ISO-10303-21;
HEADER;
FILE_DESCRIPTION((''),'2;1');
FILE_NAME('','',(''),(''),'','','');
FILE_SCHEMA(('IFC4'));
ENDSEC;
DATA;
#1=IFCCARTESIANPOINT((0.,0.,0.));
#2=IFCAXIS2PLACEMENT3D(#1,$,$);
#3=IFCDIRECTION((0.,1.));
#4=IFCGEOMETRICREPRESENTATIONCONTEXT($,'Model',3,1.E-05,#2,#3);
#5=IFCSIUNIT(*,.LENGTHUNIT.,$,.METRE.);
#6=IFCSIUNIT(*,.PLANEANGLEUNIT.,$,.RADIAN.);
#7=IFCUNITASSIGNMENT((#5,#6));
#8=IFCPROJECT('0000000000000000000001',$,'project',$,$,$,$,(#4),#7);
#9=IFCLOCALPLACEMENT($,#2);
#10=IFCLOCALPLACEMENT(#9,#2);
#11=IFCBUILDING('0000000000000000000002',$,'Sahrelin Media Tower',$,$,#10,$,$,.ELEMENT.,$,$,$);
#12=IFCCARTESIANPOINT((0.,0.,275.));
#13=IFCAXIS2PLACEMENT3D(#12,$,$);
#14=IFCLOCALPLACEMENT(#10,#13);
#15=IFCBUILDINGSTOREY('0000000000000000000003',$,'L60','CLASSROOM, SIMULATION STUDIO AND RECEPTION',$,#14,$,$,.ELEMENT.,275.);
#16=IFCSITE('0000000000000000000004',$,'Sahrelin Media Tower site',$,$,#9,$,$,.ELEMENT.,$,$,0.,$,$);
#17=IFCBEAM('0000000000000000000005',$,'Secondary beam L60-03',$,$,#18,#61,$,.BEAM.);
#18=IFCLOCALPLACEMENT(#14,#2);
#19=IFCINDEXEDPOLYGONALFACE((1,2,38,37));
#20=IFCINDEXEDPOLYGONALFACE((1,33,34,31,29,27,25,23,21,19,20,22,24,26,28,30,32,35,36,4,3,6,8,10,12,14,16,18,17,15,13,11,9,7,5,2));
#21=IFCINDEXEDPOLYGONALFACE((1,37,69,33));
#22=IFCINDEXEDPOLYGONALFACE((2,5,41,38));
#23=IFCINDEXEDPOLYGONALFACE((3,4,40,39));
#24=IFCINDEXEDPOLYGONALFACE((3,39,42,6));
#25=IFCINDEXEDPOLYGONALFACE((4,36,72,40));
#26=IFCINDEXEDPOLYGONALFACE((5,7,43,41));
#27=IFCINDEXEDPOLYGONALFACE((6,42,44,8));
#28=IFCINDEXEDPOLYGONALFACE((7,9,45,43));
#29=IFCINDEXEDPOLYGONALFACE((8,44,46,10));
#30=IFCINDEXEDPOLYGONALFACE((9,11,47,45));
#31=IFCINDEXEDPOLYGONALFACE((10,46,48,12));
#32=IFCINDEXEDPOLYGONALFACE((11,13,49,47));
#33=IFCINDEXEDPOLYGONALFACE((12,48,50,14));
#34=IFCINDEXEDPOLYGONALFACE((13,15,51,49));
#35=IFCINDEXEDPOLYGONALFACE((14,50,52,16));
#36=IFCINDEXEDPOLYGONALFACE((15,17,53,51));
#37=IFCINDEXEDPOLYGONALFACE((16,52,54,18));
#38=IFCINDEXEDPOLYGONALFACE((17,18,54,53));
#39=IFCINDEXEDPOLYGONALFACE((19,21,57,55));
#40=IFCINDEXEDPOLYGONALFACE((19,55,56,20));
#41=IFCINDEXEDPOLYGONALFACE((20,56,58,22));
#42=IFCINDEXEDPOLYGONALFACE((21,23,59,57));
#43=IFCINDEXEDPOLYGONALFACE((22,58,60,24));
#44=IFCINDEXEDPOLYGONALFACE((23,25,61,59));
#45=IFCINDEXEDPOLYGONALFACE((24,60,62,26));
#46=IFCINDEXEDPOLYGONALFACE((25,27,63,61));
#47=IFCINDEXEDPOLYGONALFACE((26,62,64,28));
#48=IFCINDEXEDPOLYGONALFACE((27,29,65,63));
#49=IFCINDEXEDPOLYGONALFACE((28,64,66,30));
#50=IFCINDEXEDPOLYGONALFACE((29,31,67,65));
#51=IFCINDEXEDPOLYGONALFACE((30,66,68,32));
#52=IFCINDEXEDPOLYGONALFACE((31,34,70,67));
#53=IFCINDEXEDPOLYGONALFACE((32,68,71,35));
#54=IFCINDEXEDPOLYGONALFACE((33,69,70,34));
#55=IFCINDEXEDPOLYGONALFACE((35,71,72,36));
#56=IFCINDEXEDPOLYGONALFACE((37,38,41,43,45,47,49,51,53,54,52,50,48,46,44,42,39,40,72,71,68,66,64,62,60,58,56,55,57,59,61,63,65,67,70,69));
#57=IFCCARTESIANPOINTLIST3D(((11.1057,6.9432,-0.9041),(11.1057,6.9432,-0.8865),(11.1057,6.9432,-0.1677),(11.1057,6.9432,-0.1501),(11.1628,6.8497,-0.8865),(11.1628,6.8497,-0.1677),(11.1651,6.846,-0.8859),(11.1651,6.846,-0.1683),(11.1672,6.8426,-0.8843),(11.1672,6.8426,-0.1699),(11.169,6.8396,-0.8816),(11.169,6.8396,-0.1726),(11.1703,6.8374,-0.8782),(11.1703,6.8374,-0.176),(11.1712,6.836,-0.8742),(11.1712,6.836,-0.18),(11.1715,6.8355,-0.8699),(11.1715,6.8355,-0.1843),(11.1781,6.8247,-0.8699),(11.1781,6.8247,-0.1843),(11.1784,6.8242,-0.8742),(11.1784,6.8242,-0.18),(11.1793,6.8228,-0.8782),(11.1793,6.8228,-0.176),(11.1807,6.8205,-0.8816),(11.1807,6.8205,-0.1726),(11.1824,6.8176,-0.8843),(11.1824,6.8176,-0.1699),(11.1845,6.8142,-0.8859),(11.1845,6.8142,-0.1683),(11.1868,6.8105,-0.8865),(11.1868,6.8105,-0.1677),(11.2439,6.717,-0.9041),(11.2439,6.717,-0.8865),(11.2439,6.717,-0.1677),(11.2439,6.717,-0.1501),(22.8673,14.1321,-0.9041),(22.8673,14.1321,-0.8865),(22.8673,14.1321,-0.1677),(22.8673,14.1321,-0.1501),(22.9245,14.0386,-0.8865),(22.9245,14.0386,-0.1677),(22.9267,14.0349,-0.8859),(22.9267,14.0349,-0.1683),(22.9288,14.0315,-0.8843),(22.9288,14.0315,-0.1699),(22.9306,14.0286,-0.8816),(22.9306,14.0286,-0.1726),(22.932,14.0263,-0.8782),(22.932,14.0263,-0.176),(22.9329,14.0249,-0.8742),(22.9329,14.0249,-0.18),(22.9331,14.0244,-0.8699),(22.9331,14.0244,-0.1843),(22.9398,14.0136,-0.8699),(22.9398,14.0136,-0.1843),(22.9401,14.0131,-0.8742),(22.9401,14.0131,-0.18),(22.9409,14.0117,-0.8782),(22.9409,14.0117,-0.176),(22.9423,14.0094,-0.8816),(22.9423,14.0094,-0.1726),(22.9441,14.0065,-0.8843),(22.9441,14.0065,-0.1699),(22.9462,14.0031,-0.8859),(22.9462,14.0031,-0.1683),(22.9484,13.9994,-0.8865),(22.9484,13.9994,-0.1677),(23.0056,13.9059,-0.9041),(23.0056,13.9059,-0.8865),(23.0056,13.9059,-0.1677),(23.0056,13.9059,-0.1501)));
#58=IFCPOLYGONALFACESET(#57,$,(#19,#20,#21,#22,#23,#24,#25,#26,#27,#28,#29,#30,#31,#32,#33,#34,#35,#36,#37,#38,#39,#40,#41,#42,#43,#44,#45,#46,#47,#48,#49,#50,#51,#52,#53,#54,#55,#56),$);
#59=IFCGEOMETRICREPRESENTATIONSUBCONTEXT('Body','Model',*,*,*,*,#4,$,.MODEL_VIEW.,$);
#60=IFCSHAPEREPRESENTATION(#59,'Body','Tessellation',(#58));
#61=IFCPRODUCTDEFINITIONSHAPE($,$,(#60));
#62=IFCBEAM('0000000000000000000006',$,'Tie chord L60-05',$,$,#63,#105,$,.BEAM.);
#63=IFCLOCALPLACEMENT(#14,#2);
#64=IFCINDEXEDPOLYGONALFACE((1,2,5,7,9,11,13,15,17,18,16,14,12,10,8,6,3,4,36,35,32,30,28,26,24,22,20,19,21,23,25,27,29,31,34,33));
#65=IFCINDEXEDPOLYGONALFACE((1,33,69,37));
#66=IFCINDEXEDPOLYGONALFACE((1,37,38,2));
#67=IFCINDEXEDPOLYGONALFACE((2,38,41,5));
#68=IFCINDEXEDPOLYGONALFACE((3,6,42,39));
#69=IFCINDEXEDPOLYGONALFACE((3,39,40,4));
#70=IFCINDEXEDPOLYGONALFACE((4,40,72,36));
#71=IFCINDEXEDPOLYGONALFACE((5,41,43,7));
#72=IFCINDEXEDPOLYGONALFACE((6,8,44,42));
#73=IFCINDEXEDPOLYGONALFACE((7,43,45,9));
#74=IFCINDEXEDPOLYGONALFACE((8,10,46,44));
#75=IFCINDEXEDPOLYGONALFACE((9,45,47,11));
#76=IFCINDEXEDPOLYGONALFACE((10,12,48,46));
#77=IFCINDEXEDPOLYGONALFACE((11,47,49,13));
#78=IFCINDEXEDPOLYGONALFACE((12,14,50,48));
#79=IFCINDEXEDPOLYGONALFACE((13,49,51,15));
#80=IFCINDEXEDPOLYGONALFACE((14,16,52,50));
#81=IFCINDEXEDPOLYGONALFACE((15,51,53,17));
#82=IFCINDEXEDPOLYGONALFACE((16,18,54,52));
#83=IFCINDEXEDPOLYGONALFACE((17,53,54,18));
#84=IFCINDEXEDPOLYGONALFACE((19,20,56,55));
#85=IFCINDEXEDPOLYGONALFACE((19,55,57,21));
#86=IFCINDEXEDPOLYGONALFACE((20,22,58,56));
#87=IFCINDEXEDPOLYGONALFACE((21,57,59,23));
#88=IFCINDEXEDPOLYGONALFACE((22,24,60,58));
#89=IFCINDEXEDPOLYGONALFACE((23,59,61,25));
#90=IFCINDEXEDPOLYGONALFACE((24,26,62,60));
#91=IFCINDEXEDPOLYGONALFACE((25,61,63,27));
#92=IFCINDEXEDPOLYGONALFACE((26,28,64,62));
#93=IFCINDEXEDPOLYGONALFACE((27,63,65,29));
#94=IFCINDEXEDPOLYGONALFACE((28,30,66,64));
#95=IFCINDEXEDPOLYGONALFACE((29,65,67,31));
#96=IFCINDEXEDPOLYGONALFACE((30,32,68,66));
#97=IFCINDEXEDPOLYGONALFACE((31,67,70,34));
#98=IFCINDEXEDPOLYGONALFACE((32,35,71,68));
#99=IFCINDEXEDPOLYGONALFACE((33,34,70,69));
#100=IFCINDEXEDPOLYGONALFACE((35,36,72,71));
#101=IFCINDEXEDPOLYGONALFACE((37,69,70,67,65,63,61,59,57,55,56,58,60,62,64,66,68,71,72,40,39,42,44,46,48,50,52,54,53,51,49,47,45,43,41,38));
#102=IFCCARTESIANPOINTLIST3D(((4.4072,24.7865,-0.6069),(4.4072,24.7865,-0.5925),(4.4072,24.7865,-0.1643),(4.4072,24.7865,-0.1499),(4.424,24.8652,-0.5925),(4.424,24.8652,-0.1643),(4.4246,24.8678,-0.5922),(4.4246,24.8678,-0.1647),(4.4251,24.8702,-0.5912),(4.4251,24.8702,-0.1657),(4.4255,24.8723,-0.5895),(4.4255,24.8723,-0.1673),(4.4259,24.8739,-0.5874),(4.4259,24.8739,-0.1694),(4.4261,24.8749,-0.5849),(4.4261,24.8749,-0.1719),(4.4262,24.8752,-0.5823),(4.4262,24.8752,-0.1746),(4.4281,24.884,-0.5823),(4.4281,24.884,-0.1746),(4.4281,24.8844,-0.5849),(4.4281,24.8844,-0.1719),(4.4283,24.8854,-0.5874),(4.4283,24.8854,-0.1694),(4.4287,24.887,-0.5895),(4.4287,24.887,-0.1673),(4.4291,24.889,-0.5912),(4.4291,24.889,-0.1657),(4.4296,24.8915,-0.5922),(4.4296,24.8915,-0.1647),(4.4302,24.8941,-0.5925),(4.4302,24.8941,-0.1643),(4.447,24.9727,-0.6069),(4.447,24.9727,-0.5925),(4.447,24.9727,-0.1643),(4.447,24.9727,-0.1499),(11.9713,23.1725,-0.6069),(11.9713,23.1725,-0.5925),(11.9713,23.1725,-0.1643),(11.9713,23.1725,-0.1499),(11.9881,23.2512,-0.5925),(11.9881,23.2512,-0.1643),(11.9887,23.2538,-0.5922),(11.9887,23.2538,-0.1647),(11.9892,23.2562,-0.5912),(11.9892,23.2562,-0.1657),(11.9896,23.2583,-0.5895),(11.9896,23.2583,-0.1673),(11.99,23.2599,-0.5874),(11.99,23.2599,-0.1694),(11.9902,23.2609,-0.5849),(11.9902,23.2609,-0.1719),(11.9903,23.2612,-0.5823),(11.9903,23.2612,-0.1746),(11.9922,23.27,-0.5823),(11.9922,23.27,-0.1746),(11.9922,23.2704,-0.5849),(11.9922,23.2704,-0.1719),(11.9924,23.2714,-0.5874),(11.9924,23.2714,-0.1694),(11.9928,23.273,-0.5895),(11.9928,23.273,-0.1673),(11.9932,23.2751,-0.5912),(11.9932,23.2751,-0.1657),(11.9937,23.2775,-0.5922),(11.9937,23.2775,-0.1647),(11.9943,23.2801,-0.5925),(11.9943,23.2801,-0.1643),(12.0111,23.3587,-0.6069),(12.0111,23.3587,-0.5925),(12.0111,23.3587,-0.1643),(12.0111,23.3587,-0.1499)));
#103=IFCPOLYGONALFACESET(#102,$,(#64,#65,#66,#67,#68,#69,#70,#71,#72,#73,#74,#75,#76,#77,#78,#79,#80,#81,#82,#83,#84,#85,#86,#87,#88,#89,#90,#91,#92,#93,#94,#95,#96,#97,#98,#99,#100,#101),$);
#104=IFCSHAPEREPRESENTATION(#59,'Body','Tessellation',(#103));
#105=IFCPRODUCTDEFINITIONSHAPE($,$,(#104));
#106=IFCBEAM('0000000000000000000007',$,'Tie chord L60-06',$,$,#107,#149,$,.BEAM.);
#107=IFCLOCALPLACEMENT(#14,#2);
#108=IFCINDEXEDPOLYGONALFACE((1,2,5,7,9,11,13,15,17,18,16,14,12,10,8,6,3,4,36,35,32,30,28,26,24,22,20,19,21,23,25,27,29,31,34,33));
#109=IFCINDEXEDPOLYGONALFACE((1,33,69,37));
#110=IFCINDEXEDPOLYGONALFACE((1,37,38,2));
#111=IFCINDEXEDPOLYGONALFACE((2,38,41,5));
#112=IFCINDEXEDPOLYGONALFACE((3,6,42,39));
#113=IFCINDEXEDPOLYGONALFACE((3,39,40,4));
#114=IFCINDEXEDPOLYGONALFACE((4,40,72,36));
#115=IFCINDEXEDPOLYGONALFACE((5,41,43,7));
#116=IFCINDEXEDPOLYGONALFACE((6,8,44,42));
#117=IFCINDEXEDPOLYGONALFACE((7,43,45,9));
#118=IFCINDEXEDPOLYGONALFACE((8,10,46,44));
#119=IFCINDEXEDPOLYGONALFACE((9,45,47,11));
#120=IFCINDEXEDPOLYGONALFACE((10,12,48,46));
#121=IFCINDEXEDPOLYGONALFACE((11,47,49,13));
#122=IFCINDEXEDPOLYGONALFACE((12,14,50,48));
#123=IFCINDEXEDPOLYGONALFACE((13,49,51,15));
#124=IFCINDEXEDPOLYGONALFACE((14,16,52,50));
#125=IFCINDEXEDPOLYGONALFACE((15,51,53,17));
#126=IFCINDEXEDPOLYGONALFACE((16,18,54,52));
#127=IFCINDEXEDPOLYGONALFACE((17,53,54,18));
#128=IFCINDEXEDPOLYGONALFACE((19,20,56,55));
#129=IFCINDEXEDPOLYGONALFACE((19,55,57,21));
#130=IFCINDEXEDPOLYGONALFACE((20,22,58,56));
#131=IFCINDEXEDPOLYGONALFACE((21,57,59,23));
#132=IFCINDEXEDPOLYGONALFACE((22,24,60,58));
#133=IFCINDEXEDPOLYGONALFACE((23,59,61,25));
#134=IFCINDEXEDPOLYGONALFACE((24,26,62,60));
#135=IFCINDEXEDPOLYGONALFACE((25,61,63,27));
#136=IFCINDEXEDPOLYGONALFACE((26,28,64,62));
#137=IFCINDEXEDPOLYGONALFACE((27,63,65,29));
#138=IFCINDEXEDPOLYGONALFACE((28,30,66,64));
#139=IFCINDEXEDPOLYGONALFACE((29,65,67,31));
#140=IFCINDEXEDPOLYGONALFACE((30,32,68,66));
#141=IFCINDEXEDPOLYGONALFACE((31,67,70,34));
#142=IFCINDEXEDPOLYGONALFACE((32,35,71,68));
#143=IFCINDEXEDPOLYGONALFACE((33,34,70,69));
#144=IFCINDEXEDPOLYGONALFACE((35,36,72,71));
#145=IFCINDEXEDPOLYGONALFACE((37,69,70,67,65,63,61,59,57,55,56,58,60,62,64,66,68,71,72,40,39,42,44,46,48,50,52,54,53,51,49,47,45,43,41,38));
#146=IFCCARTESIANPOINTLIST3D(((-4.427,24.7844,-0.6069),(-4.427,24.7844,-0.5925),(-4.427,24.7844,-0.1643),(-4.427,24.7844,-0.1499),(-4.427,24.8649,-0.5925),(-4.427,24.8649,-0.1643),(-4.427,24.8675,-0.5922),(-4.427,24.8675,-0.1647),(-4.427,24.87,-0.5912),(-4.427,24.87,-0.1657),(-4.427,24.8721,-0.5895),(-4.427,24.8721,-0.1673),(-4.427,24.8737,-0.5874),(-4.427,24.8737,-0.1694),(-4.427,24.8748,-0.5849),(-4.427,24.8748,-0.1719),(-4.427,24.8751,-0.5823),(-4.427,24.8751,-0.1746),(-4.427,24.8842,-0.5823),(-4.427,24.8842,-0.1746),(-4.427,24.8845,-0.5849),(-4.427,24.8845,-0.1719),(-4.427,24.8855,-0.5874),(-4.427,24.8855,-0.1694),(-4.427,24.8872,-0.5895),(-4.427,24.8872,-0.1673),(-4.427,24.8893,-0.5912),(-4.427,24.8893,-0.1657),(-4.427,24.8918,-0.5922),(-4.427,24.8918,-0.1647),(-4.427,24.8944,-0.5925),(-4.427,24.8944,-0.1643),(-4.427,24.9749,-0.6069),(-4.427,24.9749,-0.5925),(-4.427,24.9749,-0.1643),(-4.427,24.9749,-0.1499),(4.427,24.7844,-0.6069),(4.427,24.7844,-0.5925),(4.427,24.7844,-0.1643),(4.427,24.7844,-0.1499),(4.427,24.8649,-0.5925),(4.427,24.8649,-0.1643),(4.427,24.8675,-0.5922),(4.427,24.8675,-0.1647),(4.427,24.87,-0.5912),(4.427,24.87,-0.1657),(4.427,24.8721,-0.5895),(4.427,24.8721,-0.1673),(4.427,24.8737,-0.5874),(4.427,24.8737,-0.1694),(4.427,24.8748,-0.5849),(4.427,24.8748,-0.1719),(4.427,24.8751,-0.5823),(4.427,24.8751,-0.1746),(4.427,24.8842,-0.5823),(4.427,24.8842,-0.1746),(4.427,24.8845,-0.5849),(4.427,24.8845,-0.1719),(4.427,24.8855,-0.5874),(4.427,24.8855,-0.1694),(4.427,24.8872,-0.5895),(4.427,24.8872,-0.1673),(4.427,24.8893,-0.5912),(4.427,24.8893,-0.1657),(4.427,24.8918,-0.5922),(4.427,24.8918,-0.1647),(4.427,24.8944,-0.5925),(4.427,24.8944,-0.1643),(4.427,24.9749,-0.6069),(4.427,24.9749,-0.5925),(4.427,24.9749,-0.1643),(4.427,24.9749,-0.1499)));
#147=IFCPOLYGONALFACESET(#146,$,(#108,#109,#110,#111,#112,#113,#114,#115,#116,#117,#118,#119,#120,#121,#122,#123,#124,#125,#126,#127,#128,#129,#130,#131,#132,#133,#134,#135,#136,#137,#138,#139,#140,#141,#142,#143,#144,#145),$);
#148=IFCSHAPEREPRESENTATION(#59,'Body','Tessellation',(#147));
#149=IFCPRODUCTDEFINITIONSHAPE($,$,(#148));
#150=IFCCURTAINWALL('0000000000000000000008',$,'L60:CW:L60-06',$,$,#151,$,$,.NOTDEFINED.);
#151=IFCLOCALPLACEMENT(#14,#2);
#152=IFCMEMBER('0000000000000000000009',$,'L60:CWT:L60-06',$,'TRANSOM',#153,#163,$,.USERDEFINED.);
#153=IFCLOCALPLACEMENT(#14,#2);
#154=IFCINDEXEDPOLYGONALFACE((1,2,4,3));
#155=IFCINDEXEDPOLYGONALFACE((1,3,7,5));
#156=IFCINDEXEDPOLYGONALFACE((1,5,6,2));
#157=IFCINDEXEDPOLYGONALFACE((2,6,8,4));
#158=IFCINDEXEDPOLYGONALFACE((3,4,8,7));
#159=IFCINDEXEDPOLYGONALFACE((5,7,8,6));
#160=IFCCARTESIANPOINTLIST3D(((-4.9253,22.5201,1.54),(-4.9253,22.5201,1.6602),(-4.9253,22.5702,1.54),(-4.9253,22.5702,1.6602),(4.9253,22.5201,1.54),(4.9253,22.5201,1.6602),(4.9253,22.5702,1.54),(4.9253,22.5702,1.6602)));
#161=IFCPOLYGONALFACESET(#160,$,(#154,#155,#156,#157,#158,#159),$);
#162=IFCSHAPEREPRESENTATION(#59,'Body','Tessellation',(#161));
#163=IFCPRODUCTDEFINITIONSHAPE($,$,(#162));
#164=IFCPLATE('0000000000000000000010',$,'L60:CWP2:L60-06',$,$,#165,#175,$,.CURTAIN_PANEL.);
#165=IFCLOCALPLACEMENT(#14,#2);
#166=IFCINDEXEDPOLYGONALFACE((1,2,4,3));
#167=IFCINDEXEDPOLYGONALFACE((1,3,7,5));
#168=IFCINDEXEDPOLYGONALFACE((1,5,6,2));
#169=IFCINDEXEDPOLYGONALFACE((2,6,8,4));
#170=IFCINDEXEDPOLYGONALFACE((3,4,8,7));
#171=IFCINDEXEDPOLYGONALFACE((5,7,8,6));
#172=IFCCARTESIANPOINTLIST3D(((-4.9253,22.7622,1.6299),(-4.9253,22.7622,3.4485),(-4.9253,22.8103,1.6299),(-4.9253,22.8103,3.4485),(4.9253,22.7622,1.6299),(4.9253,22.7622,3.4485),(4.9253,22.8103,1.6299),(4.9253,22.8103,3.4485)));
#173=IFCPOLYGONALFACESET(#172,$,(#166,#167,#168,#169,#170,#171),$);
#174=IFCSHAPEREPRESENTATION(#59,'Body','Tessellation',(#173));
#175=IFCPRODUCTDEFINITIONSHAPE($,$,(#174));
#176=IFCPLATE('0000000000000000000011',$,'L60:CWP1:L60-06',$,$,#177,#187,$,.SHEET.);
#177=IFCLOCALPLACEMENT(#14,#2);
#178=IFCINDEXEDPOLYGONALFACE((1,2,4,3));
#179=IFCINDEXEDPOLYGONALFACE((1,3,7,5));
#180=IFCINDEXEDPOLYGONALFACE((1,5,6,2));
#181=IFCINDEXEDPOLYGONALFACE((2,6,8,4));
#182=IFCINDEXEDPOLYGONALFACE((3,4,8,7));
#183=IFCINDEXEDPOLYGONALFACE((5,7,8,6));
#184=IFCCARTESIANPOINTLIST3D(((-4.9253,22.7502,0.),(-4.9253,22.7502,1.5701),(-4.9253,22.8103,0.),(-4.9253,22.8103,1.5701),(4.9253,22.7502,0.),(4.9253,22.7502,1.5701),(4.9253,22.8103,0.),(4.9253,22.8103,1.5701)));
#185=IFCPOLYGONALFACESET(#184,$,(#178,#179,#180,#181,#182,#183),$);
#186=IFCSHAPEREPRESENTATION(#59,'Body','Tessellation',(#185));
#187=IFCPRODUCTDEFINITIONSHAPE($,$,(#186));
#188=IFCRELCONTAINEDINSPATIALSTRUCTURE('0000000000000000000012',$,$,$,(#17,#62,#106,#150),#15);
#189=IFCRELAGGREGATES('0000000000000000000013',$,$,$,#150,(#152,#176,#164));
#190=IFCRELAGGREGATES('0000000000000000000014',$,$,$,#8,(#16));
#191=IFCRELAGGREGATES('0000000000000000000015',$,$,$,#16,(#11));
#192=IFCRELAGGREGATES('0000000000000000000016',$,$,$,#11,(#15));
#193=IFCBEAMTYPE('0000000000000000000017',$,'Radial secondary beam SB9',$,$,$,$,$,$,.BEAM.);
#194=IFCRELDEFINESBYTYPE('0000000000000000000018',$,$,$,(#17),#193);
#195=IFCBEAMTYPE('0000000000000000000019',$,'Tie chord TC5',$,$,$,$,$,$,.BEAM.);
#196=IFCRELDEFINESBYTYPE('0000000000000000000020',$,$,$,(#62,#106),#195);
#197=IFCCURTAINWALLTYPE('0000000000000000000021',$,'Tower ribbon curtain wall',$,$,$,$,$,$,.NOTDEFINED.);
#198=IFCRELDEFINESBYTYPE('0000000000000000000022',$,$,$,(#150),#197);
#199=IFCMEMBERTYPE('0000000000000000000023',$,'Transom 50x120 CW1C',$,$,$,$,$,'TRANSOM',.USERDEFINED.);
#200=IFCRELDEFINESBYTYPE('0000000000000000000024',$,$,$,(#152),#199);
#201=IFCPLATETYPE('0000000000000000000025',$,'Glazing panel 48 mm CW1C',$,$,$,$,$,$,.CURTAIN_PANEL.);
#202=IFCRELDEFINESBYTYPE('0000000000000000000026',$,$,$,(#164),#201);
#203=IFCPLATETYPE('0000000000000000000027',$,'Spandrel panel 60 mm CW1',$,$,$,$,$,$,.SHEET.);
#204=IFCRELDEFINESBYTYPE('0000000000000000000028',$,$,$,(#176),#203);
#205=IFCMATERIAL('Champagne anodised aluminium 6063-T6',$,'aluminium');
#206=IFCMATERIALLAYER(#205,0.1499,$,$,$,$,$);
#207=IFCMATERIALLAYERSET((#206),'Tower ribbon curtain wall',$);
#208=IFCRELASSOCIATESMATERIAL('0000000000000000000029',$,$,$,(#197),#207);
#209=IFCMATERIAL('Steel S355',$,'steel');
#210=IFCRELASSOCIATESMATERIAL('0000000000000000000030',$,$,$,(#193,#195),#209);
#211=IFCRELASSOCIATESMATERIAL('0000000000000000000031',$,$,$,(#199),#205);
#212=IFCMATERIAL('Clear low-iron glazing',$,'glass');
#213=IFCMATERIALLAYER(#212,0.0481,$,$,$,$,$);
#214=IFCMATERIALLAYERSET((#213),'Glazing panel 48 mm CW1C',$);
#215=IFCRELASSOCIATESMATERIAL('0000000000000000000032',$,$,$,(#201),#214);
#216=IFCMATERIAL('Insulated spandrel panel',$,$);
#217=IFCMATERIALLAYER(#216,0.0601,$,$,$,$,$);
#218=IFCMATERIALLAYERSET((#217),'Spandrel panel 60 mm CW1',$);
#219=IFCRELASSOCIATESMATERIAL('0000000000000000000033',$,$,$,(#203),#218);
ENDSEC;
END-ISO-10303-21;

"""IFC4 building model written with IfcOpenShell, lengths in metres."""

from ifc_helpers import new_model, si_unit, direction, frame, origin, origin_2d, place, context, subcontext, project, spatial, polyline, rectangle, i_section, outline, extrude, material, layer, layer_set, material_profile, profile_set, type_object, element, aggregate, save


model = new_model("IFC4")

# Units and contexts
model_context = context("Model", 3, precision=1e-05, world=origin(), true_north=direction((0.0, 1.0)))
body_context = subcontext(model_context, "Body", "Model", "MODEL_VIEW")
ifc_project = project(units=[si_unit("LENGTHUNIT", "METRE"), si_unit("PLANEANGLEUNIT", "RADIAN")], contexts=[model_context])

# Site, building, storey
site_placement = place(None, origin())
site = spatial("IfcSite", under=ifc_project, at=site_placement, Name="Sahrelin Media Tower site", CompositionType="ELEMENT", RefElevation=0.0)
building_placement = place(site_placement, origin())
building = spatial("IfcBuilding", under=site, at=building_placement, Name="Sahrelin Media Tower", CompositionType="ELEMENT")
storey_placement = place(building_placement, frame((0.0, 0.0, 275.0)))
storey = spatial("IfcBuildingStorey", under=building, at=storey_placement, Name="L60", Description="CLASSROOM, SIMULATION STUDIO AND RECEPTION", CompositionType="ELEMENT", Elevation=275.0)

# Shared definitions
ifc_material_1 = material(Name="Steel S355", Category="steel")

# Shared definitions
ifc_material_2 = material(Name="Champagne anodised aluminium 6063-T6", Category="aluminium")
ifc_layer_1 = layer(ifc_material_2, 0.1499)
ifc_layer_set_1 = layer_set([ifc_layer_1], Name="Tower ribbon curtain wall")
curtain_wall_type = type_object("IfcCurtainWallType", Name="Tower ribbon curtain wall", PredefinedType="NOTDEFINED", material=ifc_layer_set_1)

# Beams
ifc_material_profile_1 = material_profile(ifc_material_1, i_section(OverallWidth=0.2651, OverallDepth=0.7539, WebThickness=0.0127, FlangeThickness=0.0176, FilletRadius=0.0166, at=origin_2d()), Name="UB 762x267x147")
ifc_profile_set_1 = profile_set([ifc_material_profile_1], Name="Steel S355")
beam_type_1 = type_object("IfcBeamType", Name="Radial secondary beam SB9", PredefinedType="BEAM", material=ifc_profile_set_1)
beam_1_placement = place(storey_placement, frame((11.1748, 6.8301, -0.5271), z_axis=(0.853242, 0.521516, 0.0), x_axis=(-0.521516, 0.853242, 0.0)))
element("IfcBeam", 1, at=beam_1_placement, inside=storey, type_object=beam_type_1, Name="Secondary beam L60-03", PredefinedType="BEAM", context=body_context, shape_type="SweptSolid", body=[
    extrude(i_section(OverallWidth=0.2651, OverallDepth=0.7539, WebThickness=0.0127, FlangeThickness=0.0176, FilletRadius=0.0166, at=origin_2d()), origin(), (0.0, 0.0, 1.0), 13.7847),
])
ifc_material_profile_2 = material_profile(ifc_material_1, i_section(OverallWidth=0.1904, OverallDepth=0.457, WebThickness=0.009, FlangeThickness=0.0144, FilletRadius=0.0103, at=origin_2d()), Name="UB 457x191x74")
ifc_profile_set_2 = profile_set([ifc_material_profile_2], Name="Steel S355")
beam_type_2 = type_object("IfcBeamType", Name="Tie chord TC5", PredefinedType="BEAM", material=ifc_profile_set_2)
beam_2_placement = place(storey_placement, frame((11.9912, 23.2656, -0.3784), z_axis=(-0.977985, 0.208678, 0.0), x_axis=(-0.208678, -0.977985, 0.0)))
element("IfcBeam", 2, at=beam_2_placement, inside=storey, type_object=beam_type_2, Name="Tie chord L60-05", PredefinedType="BEAM", context=body_context, shape_type="SweptSolid", body=[
    extrude(i_section(OverallWidth=0.1904, OverallDepth=0.457, WebThickness=0.009, FlangeThickness=0.0144, FilletRadius=0.0103, at=origin_2d()), origin(), (0.0, 0.0, 1.0), 7.7344),
])
beam_3_placement = place(storey_placement, frame((4.427, 24.8796, -0.3784), z_axis=(-1.0, 0.0, 0.0), x_axis=(0.0, -1.0, 0.0)))
element("IfcBeam", 3, at=beam_3_placement, inside=storey, type_object=beam_type_2, Name="Tie chord L60-06", PredefinedType="BEAM", context=body_context, shape_type="SweptSolid", body=[
    extrude(i_section(OverallWidth=0.1904, OverallDepth=0.457, WebThickness=0.009, FlangeThickness=0.0144, FilletRadius=0.0103, at=origin_2d()), origin(), (0.0, 0.0, 1.0), 8.854),
])

# Curtain wall, member, plates
curtain_wall_1_placement = place(storey_placement, frame((0.0, 22.7903, 0.0), z_axis=(0.0, 0.0, 1.0), x_axis=(1.0, 0.0, 0.0)))
curtain_wall_1 = element("IfcCurtainWall", 4, at=curtain_wall_1_placement, inside=storey, type_object=curtain_wall_type, Name="L60:CW:L60-06", PredefinedType="NOTDEFINED")
ifc_material_profile_3 = material_profile(ifc_material_2, rectangle(XDim=0.05, YDim=0.1201, at=origin_2d()), Name="Transom 50x120")
ifc_profile_set_3 = profile_set([ifc_material_profile_3], Name="Champagne anodised aluminium 6063-T6")
member_type_1 = type_object("IfcMemberType", Name="Transom 50x120 CW1C", ElementType="TRANSOM", PredefinedType="USERDEFINED", material=ifc_profile_set_3)
member_1_placement = place(storey_placement, frame((4.9253, 22.5452, 1.6001), z_axis=(-1.0, 0.0, 0.0), x_axis=(0.0, -1.0, 0.0)))
member_1 = element("IfcMember", 5, at=member_1_placement, type_object=member_type_1, Name="L60:CWT:L60-06", ObjectType="TRANSOM", PredefinedType="USERDEFINED", context=body_context, shape_type="SweptSolid", body=[
    extrude(rectangle(XDim=0.05, YDim=0.1201, at=origin_2d()), origin(), (0.0, 0.0, 1.0), 9.8506),
])
ifc_material_3 = material(Name="Clear low-iron glazing", Category="glass")
ifc_layer_2 = layer(ifc_material_3, 0.0481)
ifc_layer_set_2 = layer_set([ifc_layer_2], Name="Glazing panel 48 mm CW1C")
plate_type_1 = type_object("IfcPlateType", Name="Glazing panel 48 mm CW1C", PredefinedType="CURTAIN_PANEL", material=ifc_layer_set_2)
plate_1_placement = place(storey_placement, frame((4.9253, 22.8103, 1.6299), z_axis=(0.0, 1.0, 0.0), x_axis=(-1.0, 0.0, 0.0)))
plate_1 = element("IfcPlate", 6, at=plate_1_placement, type_object=plate_type_1, Name="L60:CWP2:L60-06", PredefinedType="CURTAIN_PANEL", context=body_context, shape_type="SweptSolid", body=[
    extrude(outline(polyline([(0.0, 0.0), (9.8506, 0.0), (9.8506, 1.8186), (0.0, 1.8186), (0.0, 0.0)])), origin(), (0.0, 0.0, -1.0), 0.0481),
])
ifc_material_4 = material(Name="Insulated spandrel panel")
ifc_layer_3 = layer(ifc_material_4, 0.0601)
ifc_layer_set_3 = layer_set([ifc_layer_3], Name="Spandrel panel 60 mm CW1")
plate_type_2 = type_object("IfcPlateType", Name="Spandrel panel 60 mm CW1", PredefinedType="SHEET", material=ifc_layer_set_3)
plate_2_placement = place(storey_placement, frame((4.9253, 22.8103, 0.0), z_axis=(0.0, 1.0, 0.0), x_axis=(-1.0, 0.0, 0.0)))
plate_2 = element("IfcPlate", 7, at=plate_2_placement, type_object=plate_type_2, Name="L60:CWP1:L60-06", PredefinedType="SHEET", context=body_context, shape_type="SweptSolid", body=[
    extrude(outline(polyline([(0.0, 0.0), (9.8506, 0.0), (9.8506, 1.5701), (0.0, 1.5701), (0.0, 0.0)])), origin(), (0.0, 0.0, -1.0), 0.0601),
])
aggregate(curtain_wall_1, [member_1, plate_2, plate_1])

save(model, "model.ifc")
